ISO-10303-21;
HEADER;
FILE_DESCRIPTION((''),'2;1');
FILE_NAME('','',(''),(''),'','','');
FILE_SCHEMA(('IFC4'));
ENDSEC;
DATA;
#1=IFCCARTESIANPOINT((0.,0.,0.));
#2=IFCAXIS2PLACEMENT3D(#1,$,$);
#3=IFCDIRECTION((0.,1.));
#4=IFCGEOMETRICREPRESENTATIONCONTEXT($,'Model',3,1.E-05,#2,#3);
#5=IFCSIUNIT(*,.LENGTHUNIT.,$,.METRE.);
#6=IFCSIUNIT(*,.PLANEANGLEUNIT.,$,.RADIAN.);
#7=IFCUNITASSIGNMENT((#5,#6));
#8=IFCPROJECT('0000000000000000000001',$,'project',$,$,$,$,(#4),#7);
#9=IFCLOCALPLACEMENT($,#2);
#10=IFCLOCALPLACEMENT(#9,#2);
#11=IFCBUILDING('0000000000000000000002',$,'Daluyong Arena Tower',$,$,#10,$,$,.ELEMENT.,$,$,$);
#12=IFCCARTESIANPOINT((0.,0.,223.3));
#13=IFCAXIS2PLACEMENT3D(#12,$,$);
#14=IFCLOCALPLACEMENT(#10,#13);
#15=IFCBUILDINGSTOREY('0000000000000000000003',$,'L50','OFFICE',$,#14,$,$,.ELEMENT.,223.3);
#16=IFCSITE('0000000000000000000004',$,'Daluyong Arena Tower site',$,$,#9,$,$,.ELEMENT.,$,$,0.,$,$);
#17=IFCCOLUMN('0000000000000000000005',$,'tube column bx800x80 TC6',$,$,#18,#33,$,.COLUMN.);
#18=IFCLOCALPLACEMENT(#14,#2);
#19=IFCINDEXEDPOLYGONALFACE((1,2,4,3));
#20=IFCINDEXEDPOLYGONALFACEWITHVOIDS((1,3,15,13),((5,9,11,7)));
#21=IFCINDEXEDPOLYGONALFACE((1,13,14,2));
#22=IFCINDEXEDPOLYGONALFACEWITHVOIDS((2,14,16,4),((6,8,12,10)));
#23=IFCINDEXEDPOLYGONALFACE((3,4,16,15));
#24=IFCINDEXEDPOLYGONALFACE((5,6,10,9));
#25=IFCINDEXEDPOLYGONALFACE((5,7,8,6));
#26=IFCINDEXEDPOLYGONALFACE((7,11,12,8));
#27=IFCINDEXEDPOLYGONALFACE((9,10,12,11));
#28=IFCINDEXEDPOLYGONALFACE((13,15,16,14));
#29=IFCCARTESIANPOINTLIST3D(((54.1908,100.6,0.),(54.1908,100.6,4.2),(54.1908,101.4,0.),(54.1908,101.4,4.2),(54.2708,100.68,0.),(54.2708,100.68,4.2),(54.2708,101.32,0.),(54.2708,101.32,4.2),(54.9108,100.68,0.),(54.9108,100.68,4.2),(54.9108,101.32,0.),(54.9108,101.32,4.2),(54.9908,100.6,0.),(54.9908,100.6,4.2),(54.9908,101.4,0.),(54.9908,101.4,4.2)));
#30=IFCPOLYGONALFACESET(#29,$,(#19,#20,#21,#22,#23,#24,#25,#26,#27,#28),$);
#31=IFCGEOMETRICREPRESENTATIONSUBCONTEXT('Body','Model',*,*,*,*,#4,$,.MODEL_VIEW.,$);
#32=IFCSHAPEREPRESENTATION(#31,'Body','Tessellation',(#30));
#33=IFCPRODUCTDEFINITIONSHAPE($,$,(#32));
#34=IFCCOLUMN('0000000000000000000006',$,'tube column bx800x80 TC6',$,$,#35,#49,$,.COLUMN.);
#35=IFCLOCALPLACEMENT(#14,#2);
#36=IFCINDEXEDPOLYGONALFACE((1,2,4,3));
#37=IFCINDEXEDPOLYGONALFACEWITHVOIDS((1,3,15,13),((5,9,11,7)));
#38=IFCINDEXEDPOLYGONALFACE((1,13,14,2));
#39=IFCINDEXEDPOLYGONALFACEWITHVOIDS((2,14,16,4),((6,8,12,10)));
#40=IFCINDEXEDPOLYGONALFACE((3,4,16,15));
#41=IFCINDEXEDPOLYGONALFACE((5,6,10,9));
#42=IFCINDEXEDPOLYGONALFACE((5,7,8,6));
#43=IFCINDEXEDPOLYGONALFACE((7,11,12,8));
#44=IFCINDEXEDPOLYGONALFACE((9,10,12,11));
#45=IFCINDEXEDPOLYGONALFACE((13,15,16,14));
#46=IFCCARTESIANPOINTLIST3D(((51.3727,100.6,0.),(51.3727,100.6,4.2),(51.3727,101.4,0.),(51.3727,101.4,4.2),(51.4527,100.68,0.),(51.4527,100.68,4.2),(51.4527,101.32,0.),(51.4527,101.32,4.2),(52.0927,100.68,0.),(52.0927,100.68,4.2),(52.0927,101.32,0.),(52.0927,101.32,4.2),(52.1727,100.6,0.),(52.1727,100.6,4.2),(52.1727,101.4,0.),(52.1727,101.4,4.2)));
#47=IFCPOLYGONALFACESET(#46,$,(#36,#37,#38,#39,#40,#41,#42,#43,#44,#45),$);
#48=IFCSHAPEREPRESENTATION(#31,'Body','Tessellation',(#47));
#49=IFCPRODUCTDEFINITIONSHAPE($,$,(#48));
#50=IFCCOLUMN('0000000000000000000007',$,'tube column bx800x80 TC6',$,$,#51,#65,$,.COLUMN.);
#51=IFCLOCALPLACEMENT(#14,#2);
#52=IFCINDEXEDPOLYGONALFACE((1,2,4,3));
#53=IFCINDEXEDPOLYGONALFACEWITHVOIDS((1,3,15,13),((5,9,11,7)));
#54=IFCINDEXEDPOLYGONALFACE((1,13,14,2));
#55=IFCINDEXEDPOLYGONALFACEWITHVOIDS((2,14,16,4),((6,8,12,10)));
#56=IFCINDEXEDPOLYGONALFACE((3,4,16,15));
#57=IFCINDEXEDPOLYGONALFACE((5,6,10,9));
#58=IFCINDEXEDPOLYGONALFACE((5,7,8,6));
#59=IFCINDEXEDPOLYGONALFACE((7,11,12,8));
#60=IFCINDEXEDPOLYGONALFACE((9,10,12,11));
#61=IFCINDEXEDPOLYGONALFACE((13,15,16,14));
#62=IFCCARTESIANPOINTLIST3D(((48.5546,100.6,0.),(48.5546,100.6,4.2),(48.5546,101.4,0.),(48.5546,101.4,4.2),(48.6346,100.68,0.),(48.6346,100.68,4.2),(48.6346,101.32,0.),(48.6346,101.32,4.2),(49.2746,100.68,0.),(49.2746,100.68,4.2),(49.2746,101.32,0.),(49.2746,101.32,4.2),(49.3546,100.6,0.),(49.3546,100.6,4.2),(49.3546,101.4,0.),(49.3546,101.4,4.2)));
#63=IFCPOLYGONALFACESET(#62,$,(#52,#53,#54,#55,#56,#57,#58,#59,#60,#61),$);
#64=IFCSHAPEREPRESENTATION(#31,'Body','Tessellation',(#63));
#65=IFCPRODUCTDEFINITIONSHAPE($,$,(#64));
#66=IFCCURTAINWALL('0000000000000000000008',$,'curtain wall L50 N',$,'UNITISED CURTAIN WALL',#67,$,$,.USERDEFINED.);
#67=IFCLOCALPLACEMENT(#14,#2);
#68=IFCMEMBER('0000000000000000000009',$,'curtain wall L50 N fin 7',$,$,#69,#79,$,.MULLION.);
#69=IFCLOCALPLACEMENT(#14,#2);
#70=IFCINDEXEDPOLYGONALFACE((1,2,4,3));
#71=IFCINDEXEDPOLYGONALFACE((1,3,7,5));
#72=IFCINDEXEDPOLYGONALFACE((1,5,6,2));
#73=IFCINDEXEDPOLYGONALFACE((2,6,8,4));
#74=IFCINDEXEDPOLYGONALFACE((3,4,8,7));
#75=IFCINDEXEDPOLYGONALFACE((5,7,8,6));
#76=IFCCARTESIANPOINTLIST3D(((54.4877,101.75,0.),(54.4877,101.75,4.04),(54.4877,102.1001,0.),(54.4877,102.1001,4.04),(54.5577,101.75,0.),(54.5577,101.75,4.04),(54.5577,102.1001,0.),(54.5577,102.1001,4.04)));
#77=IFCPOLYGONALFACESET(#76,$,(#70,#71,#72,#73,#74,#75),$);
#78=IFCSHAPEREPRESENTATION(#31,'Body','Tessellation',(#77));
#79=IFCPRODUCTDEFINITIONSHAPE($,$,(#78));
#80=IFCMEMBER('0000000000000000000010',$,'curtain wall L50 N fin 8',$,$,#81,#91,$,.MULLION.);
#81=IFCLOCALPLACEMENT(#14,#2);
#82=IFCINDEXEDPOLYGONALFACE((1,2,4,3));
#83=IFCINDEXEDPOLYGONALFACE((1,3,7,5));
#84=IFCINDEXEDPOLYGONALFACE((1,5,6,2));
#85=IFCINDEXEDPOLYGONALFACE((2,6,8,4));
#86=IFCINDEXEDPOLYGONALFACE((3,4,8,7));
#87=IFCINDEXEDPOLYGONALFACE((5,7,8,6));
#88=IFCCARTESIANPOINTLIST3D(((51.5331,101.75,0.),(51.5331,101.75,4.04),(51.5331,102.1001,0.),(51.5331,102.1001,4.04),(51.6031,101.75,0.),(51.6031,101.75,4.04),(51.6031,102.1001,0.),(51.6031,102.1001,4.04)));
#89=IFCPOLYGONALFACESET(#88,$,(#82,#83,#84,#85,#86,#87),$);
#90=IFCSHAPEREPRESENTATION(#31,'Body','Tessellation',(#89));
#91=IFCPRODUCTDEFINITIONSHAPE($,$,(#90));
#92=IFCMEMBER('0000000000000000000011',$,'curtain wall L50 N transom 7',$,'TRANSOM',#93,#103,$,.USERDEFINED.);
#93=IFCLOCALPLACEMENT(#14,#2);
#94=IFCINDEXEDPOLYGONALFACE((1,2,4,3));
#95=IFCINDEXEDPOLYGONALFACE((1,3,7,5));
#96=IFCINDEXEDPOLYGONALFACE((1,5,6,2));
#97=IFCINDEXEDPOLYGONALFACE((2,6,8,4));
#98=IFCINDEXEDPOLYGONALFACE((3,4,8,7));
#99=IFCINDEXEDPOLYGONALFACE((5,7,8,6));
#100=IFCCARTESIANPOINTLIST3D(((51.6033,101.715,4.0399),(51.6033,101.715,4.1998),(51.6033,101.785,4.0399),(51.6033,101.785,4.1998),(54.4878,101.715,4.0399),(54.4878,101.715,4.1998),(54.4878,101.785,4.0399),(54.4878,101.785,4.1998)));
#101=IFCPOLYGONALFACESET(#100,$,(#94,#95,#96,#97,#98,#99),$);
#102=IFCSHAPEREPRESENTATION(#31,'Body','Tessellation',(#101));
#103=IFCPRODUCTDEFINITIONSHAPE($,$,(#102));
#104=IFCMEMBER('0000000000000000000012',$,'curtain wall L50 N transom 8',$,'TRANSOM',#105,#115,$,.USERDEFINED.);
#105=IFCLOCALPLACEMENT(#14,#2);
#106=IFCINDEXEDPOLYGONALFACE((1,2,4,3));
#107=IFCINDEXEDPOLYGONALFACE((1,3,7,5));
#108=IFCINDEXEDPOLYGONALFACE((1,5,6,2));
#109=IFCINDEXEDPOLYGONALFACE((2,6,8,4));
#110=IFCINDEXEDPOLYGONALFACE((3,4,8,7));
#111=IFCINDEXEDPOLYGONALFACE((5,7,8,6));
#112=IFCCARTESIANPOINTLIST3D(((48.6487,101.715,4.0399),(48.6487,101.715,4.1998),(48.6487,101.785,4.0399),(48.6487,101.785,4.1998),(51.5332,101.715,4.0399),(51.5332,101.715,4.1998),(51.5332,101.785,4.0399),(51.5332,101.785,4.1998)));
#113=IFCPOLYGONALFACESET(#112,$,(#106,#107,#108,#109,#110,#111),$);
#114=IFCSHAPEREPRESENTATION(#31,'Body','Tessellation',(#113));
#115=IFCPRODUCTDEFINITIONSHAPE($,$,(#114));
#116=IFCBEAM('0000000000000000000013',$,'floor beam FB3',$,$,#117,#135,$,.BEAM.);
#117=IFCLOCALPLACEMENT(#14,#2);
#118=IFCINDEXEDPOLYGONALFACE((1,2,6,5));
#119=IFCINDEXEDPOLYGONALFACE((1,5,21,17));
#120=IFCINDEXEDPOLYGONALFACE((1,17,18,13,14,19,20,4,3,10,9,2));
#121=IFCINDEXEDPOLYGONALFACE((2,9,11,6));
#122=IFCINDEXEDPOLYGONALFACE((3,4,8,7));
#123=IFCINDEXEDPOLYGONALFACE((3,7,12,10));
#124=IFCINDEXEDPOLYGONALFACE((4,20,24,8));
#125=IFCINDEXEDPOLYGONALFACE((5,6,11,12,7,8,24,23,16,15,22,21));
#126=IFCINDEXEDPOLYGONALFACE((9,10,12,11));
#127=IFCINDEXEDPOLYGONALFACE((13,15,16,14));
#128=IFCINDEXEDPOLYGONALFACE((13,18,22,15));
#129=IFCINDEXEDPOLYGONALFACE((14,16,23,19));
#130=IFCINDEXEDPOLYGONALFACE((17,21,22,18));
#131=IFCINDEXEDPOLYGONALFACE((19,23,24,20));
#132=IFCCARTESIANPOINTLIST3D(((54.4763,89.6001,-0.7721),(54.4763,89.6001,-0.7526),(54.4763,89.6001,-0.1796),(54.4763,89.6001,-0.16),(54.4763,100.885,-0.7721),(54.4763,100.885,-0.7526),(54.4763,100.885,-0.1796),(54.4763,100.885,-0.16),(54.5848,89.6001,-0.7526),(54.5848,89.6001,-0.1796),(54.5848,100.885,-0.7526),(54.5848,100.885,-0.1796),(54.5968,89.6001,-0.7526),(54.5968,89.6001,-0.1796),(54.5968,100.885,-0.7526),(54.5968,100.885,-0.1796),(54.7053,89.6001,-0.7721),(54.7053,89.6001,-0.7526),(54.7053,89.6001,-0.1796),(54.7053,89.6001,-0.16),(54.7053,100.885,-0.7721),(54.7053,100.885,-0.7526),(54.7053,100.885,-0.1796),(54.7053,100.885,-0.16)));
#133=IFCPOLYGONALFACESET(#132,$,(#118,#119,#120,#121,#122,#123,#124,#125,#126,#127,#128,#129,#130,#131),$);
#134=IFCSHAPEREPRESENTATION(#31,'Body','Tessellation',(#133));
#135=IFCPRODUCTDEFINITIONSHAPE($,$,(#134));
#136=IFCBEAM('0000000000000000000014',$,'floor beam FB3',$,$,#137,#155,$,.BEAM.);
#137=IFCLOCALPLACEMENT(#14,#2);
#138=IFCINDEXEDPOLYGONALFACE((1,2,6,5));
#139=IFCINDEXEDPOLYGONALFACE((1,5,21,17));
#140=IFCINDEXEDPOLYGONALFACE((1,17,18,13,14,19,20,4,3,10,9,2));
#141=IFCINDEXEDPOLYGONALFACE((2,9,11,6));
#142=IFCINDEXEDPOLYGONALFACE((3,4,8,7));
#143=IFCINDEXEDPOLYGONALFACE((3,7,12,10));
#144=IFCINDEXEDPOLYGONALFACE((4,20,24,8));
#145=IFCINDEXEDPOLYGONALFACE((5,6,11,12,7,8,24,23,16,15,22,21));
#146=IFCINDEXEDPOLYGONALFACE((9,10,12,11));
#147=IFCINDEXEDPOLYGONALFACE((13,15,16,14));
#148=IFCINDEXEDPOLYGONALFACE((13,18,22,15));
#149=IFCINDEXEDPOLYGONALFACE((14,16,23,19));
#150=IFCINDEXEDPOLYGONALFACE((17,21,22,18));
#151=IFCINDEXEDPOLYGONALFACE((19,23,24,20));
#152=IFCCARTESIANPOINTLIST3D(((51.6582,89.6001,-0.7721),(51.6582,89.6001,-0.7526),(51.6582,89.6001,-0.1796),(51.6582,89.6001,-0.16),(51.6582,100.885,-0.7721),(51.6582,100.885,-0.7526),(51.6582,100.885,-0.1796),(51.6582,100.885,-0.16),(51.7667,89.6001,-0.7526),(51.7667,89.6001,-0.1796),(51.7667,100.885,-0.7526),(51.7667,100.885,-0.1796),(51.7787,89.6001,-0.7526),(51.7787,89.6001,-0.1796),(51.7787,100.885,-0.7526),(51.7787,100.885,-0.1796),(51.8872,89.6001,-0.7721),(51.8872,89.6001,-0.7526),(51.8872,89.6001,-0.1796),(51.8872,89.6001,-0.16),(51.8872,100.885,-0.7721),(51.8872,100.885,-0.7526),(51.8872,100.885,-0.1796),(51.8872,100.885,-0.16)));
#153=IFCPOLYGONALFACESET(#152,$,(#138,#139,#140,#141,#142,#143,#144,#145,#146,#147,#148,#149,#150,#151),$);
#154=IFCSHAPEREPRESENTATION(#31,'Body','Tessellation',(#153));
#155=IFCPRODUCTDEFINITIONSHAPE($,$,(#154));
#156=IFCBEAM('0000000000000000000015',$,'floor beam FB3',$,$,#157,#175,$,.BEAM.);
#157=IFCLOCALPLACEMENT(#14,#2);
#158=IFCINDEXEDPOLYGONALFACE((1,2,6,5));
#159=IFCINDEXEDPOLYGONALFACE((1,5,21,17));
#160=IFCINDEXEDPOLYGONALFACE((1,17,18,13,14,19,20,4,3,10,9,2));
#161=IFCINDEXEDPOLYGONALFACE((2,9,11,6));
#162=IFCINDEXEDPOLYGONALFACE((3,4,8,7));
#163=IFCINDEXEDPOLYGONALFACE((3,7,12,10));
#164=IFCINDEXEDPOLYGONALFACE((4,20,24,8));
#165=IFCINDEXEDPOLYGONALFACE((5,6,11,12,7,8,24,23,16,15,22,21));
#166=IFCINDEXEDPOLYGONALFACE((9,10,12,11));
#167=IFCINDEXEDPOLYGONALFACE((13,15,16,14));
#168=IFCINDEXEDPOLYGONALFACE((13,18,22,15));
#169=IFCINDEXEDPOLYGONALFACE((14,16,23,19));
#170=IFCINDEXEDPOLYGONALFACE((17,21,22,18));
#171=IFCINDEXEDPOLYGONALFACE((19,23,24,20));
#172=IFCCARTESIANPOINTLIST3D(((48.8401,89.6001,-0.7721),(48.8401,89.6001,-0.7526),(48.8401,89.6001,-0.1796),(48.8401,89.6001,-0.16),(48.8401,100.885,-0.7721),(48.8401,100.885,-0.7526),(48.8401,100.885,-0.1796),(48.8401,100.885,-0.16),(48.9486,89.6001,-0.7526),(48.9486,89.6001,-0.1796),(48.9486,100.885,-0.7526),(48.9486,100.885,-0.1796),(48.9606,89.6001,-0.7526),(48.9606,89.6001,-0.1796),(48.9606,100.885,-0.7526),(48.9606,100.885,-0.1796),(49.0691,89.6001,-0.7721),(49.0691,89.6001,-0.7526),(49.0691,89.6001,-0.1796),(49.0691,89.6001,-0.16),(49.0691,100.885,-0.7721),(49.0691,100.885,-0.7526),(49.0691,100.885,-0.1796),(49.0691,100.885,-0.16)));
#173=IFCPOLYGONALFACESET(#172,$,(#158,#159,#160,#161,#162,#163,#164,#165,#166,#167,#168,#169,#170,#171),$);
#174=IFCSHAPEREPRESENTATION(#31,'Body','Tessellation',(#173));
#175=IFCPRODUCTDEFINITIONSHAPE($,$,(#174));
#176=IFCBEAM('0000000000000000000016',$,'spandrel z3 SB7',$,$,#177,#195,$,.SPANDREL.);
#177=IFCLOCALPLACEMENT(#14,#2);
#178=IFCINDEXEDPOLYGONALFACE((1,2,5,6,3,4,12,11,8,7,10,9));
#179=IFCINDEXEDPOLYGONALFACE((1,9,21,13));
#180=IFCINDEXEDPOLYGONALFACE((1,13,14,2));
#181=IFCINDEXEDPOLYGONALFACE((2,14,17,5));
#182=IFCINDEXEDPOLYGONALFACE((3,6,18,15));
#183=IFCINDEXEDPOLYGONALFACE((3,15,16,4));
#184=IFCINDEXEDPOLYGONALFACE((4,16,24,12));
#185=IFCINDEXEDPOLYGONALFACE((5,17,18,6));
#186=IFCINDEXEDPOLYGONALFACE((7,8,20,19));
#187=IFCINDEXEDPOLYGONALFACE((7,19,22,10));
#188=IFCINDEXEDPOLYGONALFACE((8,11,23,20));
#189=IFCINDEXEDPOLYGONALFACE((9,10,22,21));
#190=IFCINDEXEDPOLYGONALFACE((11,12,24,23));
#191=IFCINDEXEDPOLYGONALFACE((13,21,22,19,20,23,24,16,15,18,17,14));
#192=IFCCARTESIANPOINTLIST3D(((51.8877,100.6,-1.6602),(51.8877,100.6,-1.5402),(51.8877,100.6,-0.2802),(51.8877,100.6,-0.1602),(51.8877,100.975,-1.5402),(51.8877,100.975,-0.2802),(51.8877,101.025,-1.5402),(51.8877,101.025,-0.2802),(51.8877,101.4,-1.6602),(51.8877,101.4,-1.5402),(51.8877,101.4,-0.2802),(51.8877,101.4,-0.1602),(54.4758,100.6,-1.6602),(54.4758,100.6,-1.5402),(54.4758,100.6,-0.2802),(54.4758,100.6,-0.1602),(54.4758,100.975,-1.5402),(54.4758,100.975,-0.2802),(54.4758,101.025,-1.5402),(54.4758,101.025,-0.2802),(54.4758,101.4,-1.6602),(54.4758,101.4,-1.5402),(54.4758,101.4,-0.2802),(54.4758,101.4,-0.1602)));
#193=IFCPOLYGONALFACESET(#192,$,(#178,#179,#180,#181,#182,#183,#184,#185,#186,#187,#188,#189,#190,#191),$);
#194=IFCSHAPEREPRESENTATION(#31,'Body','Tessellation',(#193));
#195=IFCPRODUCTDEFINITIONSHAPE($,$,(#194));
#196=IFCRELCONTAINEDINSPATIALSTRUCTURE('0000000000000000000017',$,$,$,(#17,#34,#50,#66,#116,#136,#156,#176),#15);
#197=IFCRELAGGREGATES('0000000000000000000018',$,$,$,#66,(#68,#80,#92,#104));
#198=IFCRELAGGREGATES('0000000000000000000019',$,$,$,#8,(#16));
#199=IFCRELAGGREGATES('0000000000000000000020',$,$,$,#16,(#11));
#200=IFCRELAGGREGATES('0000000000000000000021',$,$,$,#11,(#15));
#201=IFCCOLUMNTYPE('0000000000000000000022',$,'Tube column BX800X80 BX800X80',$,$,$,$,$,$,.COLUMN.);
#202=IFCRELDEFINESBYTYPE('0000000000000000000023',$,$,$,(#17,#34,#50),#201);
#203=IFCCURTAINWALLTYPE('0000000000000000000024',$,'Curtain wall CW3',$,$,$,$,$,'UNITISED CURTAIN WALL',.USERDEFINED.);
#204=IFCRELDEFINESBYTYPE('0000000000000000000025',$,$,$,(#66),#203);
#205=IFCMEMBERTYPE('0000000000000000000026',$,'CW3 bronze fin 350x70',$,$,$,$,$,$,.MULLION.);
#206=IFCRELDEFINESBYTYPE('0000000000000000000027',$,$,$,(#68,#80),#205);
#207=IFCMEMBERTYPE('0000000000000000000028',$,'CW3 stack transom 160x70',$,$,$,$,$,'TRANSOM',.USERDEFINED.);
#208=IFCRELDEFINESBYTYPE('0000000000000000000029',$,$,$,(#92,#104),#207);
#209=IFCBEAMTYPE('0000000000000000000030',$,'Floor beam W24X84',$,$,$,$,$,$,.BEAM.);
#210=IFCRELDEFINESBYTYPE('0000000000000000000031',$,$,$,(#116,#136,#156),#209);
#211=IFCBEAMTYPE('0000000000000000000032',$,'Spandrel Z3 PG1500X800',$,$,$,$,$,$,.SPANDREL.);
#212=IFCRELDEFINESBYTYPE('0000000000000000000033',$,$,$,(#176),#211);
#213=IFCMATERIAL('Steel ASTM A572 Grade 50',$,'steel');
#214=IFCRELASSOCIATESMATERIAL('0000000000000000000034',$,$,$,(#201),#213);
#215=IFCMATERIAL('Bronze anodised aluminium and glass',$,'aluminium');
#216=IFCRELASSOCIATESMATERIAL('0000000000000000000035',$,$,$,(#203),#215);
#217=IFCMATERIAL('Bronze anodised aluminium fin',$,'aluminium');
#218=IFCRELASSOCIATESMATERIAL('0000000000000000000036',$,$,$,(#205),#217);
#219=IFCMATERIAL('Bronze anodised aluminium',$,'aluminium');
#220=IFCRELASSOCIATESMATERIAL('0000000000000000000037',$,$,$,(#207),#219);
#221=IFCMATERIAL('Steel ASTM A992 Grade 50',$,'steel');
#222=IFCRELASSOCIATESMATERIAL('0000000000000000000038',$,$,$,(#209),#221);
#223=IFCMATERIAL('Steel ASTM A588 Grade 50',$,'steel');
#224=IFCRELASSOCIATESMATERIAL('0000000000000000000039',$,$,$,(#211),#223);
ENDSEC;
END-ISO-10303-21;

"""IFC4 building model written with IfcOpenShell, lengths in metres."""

from ifc_helpers import new_model, si_unit, direction, frame, origin, origin_2d, place, context, subcontext, project, spatial, rectangle, hollow_rectangle, i_section, extrude, material, material_profile, profile_set, type_object, element, aggregate, save


model = new_model("IFC4")

# Units and contexts
model_context = context("Model", 3, precision=1e-05, world=origin(), true_north=direction((0.0, 1.0)))
body_context = subcontext(model_context, "Body", "Model", "MODEL_VIEW")
ifc_project = project(units=[si_unit("LENGTHUNIT", "METRE"), si_unit("PLANEANGLEUNIT", "RADIAN")], contexts=[model_context])

# Site, building, storey
site_placement = place(None, origin())
site = spatial("IfcSite", under=ifc_project, at=site_placement, Name="Daluyong Arena Tower site", CompositionType="ELEMENT", RefElevation=0.0)
building_placement = place(site_placement, origin())
building = spatial("IfcBuilding", under=site, at=building_placement, Name="Daluyong Arena Tower", CompositionType="ELEMENT")
storey_placement = place(building_placement, frame((0.0, 0.0, 223.3)))
storey = spatial("IfcBuildingStorey", under=building, at=storey_placement, Name="L50", Description="OFFICE", CompositionType="ELEMENT", Elevation=223.3)

# Columns
ifc_material_1 = material(Name="Steel ASTM A572 Grade 50", Category="steel")
ifc_material_profile_1 = material_profile(ifc_material_1, hollow_rectangle(XDim=0.8, YDim=0.8, WallThickness=0.08, at=origin_2d()))
ifc_profile_set_1 = profile_set([ifc_material_profile_1], Name="Steel ASTM A572 Grade 50")
column_type = type_object("IfcColumnType", Name="Tube column BX800X80 BX800X80", PredefinedType="COLUMN", material=ifc_profile_set_1)
for number, where, z_axis, x_axis, name in (
    (1, (54.5908, 101.0, 0.0), (0.0, 0.0, 1.0), (1.0, 0.0, 0.0), "tube column bx800x80 TC6"),
    (2, (51.7727, 101.0, 0.0), (0.0, 0.0, 1.0), (1.0, 0.0, 0.0), "tube column bx800x80 TC6"),
    (3, (48.9546, 101.0, 0.0), (0.0, 0.0, 1.0), (1.0, 0.0, 0.0), "tube column bx800x80 TC6"),
):
    element("IfcColumn", number, at=place(storey_placement, frame(where, z_axis=z_axis, x_axis=x_axis)), inside=storey, type_object=column_type, Name=name, PredefinedType="COLUMN", context=body_context, shape_type="SweptSolid", body=[
        extrude(hollow_rectangle(XDim=0.8, YDim=0.8, WallThickness=0.08, at=origin_2d()), origin(), (0.0, 0.0, 1.0), 4.2),
    ])

# Curtain wall, members
ifc_material_2 = material(Name="Bronze anodised aluminium and glass", Category="aluminium")
curtain_wall_type = type_object("IfcCurtainWallType", Name="Curtain wall CW3", ElementType="UNITISED CURTAIN WALL", PredefinedType="USERDEFINED", material=ifc_material_2)
curtain_wall_placement = place(storey_placement, origin())
curtain_wall = element("IfcCurtainWall", 4, at=curtain_wall_placement, inside=storey, type_object=curtain_wall_type, Name="curtain wall L50 N", ObjectType="UNITISED CURTAIN WALL", PredefinedType="USERDEFINED")
ifc_material_3 = material(Name="Bronze anodised aluminium fin", Category="aluminium")
ifc_material_profile_2 = material_profile(ifc_material_3, rectangle(XDim=0.3501, YDim=0.0701, at=origin_2d()))
ifc_profile_set_2 = profile_set([ifc_material_profile_2], Name="Bronze anodised aluminium fin")
member_type_1 = type_object("IfcMemberType", Name="CW3 bronze fin 350x70", PredefinedType="MULLION", material=ifc_profile_set_2)
member_1_placement = place(storey_placement, frame((54.5227, 101.925, 0.0), z_axis=(0.0, 0.0, 1.0), x_axis=(0.0, -1.0, 0.0)))
member_1 = element("IfcMember", 5, at=member_1_placement, type_object=member_type_1, Name="curtain wall L50 N fin 7", PredefinedType="MULLION", context=body_context, shape_type="SweptSolid", body=[
    extrude(rectangle(XDim=0.3501, YDim=0.0701, at=origin_2d()), origin(), (0.0, 0.0, 1.0), 4.04),
])
member_2_placement = place(storey_placement, frame((51.5681, 101.925, 0.0), z_axis=(0.0, 0.0, 1.0), x_axis=(0.0, -1.0, 0.0)))
member_2 = element("IfcMember", 6, at=member_2_placement, type_object=member_type_1, Name="curtain wall L50 N fin 8", PredefinedType="MULLION", context=body_context, shape_type="SweptSolid", body=[
    extrude(rectangle(XDim=0.3501, YDim=0.0701, at=origin_2d()), origin(), (0.0, 0.0, 1.0), 4.04),
])
ifc_material_4 = material(Name="Bronze anodised aluminium", Category="aluminium")
ifc_material_profile_3 = material_profile(ifc_material_4, rectangle(XDim=0.0701, YDim=0.1599, at=origin_2d()))
ifc_profile_set_3 = profile_set([ifc_material_profile_3], Name="Bronze anodised aluminium")
member_type_2 = type_object("IfcMemberType", Name="CW3 stack transom 160x70", ElementType="TRANSOM", PredefinedType="USERDEFINED", material=ifc_profile_set_3)
member_3_placement = place(storey_placement, frame((54.4878, 101.75, 4.1199), z_axis=(-1.0, 0.0, 0.0), x_axis=(0.0, -1.0, 0.0)))
member_3 = element("IfcMember", 7, at=member_3_placement, type_object=member_type_2, Name="curtain wall L50 N transom 7", ObjectType="TRANSOM", PredefinedType="USERDEFINED", context=body_context, shape_type="SweptSolid", body=[
    extrude(rectangle(XDim=0.0701, YDim=0.1599, at=origin_2d()), origin(), (0.0, 0.0, 1.0), 2.8845),
])
member_4_placement = place(storey_placement, frame((51.5332, 101.75, 4.1199), z_axis=(-1.0, 0.0, 0.0), x_axis=(0.0, -1.0, 0.0)))
member_4 = element("IfcMember", 8, at=member_4_placement, type_object=member_type_2, Name="curtain wall L50 N transom 8", ObjectType="TRANSOM", PredefinedType="USERDEFINED", context=body_context, shape_type="SweptSolid", body=[
    extrude(rectangle(XDim=0.0701, YDim=0.1599, at=origin_2d()), origin(), (0.0, 0.0, 1.0), 2.8845),
])

# Beams
ifc_material_5 = material(Name="Steel ASTM A992 Grade 50", Category="steel")
ifc_material_profile_4 = material_profile(ifc_material_5, i_section(OverallWidth=0.229, OverallDepth=0.6121, WebThickness=0.012, FlangeThickness=0.0195, at=origin_2d()))
ifc_profile_set_4 = profile_set([ifc_material_profile_4], Name="Steel ASTM A992 Grade 50")
beam_type_1 = type_object("IfcBeamType", Name="Floor beam W24X84", PredefinedType="BEAM", material=ifc_profile_set_4)
for number, where, z_axis, x_axis, name in (
    (9, (54.5908, 100.885, -0.4661), (0.0, -1.0, 0.0), (1.0, 0.0, 0.0), "floor beam FB3"),
    (10, (51.7727, 100.885, -0.4661), (0.0, -1.0, 0.0), (1.0, 0.0, 0.0), "floor beam FB3"),
    (11, (48.9546, 100.885, -0.4661), (0.0, -1.0, 0.0), (1.0, 0.0, 0.0), "floor beam FB3"),
):
    element("IfcBeam", number, at=place(storey_placement, frame(where, z_axis=z_axis, x_axis=x_axis)), inside=storey, type_object=beam_type_1, Name=name, PredefinedType="BEAM", context=body_context, shape_type="SweptSolid", body=[
        extrude(i_section(OverallWidth=0.229, OverallDepth=0.6121, WebThickness=0.012, FlangeThickness=0.0195, at=origin_2d()), origin(), (0.0, 0.0, 1.0), 11.2849),
    ])
ifc_material_6 = material(Name="Steel ASTM A588 Grade 50", Category="steel")
ifc_material_profile_5 = material_profile(ifc_material_6, i_section(OverallWidth=0.8, OverallDepth=1.5, WebThickness=0.05, FlangeThickness=0.12, at=origin_2d()))
ifc_profile_set_5 = profile_set([ifc_material_profile_5], Name="Steel ASTM A588 Grade 50")
beam_type_2 = type_object("IfcBeamType", Name="Spandrel Z3 PG1500X800", PredefinedType="SPANDREL", material=ifc_profile_set_5)
for number, where, z_axis, x_axis, name in (
    (12, (54.4758, 101.0, -0.9102), (-1.0, 0.0, 0.0), (0.0, -1.0, 0.0), "spandrel z3 SB7"),
):
    element("IfcBeam", number, at=place(storey_placement, frame(where, z_axis=z_axis, x_axis=x_axis)), inside=storey, type_object=beam_type_2, Name=name, PredefinedType="SPANDREL", context=body_context, shape_type="SweptSolid", body=[
        extrude(i_section(OverallWidth=0.8, OverallDepth=1.5, WebThickness=0.05, FlangeThickness=0.12, at=origin_2d()), origin(), (0.0, 0.0, 1.0), 2.5881),
    ])

aggregate(curtain_wall, [member_1, member_2, member_3, member_4])

save(model, "model.ifc")
